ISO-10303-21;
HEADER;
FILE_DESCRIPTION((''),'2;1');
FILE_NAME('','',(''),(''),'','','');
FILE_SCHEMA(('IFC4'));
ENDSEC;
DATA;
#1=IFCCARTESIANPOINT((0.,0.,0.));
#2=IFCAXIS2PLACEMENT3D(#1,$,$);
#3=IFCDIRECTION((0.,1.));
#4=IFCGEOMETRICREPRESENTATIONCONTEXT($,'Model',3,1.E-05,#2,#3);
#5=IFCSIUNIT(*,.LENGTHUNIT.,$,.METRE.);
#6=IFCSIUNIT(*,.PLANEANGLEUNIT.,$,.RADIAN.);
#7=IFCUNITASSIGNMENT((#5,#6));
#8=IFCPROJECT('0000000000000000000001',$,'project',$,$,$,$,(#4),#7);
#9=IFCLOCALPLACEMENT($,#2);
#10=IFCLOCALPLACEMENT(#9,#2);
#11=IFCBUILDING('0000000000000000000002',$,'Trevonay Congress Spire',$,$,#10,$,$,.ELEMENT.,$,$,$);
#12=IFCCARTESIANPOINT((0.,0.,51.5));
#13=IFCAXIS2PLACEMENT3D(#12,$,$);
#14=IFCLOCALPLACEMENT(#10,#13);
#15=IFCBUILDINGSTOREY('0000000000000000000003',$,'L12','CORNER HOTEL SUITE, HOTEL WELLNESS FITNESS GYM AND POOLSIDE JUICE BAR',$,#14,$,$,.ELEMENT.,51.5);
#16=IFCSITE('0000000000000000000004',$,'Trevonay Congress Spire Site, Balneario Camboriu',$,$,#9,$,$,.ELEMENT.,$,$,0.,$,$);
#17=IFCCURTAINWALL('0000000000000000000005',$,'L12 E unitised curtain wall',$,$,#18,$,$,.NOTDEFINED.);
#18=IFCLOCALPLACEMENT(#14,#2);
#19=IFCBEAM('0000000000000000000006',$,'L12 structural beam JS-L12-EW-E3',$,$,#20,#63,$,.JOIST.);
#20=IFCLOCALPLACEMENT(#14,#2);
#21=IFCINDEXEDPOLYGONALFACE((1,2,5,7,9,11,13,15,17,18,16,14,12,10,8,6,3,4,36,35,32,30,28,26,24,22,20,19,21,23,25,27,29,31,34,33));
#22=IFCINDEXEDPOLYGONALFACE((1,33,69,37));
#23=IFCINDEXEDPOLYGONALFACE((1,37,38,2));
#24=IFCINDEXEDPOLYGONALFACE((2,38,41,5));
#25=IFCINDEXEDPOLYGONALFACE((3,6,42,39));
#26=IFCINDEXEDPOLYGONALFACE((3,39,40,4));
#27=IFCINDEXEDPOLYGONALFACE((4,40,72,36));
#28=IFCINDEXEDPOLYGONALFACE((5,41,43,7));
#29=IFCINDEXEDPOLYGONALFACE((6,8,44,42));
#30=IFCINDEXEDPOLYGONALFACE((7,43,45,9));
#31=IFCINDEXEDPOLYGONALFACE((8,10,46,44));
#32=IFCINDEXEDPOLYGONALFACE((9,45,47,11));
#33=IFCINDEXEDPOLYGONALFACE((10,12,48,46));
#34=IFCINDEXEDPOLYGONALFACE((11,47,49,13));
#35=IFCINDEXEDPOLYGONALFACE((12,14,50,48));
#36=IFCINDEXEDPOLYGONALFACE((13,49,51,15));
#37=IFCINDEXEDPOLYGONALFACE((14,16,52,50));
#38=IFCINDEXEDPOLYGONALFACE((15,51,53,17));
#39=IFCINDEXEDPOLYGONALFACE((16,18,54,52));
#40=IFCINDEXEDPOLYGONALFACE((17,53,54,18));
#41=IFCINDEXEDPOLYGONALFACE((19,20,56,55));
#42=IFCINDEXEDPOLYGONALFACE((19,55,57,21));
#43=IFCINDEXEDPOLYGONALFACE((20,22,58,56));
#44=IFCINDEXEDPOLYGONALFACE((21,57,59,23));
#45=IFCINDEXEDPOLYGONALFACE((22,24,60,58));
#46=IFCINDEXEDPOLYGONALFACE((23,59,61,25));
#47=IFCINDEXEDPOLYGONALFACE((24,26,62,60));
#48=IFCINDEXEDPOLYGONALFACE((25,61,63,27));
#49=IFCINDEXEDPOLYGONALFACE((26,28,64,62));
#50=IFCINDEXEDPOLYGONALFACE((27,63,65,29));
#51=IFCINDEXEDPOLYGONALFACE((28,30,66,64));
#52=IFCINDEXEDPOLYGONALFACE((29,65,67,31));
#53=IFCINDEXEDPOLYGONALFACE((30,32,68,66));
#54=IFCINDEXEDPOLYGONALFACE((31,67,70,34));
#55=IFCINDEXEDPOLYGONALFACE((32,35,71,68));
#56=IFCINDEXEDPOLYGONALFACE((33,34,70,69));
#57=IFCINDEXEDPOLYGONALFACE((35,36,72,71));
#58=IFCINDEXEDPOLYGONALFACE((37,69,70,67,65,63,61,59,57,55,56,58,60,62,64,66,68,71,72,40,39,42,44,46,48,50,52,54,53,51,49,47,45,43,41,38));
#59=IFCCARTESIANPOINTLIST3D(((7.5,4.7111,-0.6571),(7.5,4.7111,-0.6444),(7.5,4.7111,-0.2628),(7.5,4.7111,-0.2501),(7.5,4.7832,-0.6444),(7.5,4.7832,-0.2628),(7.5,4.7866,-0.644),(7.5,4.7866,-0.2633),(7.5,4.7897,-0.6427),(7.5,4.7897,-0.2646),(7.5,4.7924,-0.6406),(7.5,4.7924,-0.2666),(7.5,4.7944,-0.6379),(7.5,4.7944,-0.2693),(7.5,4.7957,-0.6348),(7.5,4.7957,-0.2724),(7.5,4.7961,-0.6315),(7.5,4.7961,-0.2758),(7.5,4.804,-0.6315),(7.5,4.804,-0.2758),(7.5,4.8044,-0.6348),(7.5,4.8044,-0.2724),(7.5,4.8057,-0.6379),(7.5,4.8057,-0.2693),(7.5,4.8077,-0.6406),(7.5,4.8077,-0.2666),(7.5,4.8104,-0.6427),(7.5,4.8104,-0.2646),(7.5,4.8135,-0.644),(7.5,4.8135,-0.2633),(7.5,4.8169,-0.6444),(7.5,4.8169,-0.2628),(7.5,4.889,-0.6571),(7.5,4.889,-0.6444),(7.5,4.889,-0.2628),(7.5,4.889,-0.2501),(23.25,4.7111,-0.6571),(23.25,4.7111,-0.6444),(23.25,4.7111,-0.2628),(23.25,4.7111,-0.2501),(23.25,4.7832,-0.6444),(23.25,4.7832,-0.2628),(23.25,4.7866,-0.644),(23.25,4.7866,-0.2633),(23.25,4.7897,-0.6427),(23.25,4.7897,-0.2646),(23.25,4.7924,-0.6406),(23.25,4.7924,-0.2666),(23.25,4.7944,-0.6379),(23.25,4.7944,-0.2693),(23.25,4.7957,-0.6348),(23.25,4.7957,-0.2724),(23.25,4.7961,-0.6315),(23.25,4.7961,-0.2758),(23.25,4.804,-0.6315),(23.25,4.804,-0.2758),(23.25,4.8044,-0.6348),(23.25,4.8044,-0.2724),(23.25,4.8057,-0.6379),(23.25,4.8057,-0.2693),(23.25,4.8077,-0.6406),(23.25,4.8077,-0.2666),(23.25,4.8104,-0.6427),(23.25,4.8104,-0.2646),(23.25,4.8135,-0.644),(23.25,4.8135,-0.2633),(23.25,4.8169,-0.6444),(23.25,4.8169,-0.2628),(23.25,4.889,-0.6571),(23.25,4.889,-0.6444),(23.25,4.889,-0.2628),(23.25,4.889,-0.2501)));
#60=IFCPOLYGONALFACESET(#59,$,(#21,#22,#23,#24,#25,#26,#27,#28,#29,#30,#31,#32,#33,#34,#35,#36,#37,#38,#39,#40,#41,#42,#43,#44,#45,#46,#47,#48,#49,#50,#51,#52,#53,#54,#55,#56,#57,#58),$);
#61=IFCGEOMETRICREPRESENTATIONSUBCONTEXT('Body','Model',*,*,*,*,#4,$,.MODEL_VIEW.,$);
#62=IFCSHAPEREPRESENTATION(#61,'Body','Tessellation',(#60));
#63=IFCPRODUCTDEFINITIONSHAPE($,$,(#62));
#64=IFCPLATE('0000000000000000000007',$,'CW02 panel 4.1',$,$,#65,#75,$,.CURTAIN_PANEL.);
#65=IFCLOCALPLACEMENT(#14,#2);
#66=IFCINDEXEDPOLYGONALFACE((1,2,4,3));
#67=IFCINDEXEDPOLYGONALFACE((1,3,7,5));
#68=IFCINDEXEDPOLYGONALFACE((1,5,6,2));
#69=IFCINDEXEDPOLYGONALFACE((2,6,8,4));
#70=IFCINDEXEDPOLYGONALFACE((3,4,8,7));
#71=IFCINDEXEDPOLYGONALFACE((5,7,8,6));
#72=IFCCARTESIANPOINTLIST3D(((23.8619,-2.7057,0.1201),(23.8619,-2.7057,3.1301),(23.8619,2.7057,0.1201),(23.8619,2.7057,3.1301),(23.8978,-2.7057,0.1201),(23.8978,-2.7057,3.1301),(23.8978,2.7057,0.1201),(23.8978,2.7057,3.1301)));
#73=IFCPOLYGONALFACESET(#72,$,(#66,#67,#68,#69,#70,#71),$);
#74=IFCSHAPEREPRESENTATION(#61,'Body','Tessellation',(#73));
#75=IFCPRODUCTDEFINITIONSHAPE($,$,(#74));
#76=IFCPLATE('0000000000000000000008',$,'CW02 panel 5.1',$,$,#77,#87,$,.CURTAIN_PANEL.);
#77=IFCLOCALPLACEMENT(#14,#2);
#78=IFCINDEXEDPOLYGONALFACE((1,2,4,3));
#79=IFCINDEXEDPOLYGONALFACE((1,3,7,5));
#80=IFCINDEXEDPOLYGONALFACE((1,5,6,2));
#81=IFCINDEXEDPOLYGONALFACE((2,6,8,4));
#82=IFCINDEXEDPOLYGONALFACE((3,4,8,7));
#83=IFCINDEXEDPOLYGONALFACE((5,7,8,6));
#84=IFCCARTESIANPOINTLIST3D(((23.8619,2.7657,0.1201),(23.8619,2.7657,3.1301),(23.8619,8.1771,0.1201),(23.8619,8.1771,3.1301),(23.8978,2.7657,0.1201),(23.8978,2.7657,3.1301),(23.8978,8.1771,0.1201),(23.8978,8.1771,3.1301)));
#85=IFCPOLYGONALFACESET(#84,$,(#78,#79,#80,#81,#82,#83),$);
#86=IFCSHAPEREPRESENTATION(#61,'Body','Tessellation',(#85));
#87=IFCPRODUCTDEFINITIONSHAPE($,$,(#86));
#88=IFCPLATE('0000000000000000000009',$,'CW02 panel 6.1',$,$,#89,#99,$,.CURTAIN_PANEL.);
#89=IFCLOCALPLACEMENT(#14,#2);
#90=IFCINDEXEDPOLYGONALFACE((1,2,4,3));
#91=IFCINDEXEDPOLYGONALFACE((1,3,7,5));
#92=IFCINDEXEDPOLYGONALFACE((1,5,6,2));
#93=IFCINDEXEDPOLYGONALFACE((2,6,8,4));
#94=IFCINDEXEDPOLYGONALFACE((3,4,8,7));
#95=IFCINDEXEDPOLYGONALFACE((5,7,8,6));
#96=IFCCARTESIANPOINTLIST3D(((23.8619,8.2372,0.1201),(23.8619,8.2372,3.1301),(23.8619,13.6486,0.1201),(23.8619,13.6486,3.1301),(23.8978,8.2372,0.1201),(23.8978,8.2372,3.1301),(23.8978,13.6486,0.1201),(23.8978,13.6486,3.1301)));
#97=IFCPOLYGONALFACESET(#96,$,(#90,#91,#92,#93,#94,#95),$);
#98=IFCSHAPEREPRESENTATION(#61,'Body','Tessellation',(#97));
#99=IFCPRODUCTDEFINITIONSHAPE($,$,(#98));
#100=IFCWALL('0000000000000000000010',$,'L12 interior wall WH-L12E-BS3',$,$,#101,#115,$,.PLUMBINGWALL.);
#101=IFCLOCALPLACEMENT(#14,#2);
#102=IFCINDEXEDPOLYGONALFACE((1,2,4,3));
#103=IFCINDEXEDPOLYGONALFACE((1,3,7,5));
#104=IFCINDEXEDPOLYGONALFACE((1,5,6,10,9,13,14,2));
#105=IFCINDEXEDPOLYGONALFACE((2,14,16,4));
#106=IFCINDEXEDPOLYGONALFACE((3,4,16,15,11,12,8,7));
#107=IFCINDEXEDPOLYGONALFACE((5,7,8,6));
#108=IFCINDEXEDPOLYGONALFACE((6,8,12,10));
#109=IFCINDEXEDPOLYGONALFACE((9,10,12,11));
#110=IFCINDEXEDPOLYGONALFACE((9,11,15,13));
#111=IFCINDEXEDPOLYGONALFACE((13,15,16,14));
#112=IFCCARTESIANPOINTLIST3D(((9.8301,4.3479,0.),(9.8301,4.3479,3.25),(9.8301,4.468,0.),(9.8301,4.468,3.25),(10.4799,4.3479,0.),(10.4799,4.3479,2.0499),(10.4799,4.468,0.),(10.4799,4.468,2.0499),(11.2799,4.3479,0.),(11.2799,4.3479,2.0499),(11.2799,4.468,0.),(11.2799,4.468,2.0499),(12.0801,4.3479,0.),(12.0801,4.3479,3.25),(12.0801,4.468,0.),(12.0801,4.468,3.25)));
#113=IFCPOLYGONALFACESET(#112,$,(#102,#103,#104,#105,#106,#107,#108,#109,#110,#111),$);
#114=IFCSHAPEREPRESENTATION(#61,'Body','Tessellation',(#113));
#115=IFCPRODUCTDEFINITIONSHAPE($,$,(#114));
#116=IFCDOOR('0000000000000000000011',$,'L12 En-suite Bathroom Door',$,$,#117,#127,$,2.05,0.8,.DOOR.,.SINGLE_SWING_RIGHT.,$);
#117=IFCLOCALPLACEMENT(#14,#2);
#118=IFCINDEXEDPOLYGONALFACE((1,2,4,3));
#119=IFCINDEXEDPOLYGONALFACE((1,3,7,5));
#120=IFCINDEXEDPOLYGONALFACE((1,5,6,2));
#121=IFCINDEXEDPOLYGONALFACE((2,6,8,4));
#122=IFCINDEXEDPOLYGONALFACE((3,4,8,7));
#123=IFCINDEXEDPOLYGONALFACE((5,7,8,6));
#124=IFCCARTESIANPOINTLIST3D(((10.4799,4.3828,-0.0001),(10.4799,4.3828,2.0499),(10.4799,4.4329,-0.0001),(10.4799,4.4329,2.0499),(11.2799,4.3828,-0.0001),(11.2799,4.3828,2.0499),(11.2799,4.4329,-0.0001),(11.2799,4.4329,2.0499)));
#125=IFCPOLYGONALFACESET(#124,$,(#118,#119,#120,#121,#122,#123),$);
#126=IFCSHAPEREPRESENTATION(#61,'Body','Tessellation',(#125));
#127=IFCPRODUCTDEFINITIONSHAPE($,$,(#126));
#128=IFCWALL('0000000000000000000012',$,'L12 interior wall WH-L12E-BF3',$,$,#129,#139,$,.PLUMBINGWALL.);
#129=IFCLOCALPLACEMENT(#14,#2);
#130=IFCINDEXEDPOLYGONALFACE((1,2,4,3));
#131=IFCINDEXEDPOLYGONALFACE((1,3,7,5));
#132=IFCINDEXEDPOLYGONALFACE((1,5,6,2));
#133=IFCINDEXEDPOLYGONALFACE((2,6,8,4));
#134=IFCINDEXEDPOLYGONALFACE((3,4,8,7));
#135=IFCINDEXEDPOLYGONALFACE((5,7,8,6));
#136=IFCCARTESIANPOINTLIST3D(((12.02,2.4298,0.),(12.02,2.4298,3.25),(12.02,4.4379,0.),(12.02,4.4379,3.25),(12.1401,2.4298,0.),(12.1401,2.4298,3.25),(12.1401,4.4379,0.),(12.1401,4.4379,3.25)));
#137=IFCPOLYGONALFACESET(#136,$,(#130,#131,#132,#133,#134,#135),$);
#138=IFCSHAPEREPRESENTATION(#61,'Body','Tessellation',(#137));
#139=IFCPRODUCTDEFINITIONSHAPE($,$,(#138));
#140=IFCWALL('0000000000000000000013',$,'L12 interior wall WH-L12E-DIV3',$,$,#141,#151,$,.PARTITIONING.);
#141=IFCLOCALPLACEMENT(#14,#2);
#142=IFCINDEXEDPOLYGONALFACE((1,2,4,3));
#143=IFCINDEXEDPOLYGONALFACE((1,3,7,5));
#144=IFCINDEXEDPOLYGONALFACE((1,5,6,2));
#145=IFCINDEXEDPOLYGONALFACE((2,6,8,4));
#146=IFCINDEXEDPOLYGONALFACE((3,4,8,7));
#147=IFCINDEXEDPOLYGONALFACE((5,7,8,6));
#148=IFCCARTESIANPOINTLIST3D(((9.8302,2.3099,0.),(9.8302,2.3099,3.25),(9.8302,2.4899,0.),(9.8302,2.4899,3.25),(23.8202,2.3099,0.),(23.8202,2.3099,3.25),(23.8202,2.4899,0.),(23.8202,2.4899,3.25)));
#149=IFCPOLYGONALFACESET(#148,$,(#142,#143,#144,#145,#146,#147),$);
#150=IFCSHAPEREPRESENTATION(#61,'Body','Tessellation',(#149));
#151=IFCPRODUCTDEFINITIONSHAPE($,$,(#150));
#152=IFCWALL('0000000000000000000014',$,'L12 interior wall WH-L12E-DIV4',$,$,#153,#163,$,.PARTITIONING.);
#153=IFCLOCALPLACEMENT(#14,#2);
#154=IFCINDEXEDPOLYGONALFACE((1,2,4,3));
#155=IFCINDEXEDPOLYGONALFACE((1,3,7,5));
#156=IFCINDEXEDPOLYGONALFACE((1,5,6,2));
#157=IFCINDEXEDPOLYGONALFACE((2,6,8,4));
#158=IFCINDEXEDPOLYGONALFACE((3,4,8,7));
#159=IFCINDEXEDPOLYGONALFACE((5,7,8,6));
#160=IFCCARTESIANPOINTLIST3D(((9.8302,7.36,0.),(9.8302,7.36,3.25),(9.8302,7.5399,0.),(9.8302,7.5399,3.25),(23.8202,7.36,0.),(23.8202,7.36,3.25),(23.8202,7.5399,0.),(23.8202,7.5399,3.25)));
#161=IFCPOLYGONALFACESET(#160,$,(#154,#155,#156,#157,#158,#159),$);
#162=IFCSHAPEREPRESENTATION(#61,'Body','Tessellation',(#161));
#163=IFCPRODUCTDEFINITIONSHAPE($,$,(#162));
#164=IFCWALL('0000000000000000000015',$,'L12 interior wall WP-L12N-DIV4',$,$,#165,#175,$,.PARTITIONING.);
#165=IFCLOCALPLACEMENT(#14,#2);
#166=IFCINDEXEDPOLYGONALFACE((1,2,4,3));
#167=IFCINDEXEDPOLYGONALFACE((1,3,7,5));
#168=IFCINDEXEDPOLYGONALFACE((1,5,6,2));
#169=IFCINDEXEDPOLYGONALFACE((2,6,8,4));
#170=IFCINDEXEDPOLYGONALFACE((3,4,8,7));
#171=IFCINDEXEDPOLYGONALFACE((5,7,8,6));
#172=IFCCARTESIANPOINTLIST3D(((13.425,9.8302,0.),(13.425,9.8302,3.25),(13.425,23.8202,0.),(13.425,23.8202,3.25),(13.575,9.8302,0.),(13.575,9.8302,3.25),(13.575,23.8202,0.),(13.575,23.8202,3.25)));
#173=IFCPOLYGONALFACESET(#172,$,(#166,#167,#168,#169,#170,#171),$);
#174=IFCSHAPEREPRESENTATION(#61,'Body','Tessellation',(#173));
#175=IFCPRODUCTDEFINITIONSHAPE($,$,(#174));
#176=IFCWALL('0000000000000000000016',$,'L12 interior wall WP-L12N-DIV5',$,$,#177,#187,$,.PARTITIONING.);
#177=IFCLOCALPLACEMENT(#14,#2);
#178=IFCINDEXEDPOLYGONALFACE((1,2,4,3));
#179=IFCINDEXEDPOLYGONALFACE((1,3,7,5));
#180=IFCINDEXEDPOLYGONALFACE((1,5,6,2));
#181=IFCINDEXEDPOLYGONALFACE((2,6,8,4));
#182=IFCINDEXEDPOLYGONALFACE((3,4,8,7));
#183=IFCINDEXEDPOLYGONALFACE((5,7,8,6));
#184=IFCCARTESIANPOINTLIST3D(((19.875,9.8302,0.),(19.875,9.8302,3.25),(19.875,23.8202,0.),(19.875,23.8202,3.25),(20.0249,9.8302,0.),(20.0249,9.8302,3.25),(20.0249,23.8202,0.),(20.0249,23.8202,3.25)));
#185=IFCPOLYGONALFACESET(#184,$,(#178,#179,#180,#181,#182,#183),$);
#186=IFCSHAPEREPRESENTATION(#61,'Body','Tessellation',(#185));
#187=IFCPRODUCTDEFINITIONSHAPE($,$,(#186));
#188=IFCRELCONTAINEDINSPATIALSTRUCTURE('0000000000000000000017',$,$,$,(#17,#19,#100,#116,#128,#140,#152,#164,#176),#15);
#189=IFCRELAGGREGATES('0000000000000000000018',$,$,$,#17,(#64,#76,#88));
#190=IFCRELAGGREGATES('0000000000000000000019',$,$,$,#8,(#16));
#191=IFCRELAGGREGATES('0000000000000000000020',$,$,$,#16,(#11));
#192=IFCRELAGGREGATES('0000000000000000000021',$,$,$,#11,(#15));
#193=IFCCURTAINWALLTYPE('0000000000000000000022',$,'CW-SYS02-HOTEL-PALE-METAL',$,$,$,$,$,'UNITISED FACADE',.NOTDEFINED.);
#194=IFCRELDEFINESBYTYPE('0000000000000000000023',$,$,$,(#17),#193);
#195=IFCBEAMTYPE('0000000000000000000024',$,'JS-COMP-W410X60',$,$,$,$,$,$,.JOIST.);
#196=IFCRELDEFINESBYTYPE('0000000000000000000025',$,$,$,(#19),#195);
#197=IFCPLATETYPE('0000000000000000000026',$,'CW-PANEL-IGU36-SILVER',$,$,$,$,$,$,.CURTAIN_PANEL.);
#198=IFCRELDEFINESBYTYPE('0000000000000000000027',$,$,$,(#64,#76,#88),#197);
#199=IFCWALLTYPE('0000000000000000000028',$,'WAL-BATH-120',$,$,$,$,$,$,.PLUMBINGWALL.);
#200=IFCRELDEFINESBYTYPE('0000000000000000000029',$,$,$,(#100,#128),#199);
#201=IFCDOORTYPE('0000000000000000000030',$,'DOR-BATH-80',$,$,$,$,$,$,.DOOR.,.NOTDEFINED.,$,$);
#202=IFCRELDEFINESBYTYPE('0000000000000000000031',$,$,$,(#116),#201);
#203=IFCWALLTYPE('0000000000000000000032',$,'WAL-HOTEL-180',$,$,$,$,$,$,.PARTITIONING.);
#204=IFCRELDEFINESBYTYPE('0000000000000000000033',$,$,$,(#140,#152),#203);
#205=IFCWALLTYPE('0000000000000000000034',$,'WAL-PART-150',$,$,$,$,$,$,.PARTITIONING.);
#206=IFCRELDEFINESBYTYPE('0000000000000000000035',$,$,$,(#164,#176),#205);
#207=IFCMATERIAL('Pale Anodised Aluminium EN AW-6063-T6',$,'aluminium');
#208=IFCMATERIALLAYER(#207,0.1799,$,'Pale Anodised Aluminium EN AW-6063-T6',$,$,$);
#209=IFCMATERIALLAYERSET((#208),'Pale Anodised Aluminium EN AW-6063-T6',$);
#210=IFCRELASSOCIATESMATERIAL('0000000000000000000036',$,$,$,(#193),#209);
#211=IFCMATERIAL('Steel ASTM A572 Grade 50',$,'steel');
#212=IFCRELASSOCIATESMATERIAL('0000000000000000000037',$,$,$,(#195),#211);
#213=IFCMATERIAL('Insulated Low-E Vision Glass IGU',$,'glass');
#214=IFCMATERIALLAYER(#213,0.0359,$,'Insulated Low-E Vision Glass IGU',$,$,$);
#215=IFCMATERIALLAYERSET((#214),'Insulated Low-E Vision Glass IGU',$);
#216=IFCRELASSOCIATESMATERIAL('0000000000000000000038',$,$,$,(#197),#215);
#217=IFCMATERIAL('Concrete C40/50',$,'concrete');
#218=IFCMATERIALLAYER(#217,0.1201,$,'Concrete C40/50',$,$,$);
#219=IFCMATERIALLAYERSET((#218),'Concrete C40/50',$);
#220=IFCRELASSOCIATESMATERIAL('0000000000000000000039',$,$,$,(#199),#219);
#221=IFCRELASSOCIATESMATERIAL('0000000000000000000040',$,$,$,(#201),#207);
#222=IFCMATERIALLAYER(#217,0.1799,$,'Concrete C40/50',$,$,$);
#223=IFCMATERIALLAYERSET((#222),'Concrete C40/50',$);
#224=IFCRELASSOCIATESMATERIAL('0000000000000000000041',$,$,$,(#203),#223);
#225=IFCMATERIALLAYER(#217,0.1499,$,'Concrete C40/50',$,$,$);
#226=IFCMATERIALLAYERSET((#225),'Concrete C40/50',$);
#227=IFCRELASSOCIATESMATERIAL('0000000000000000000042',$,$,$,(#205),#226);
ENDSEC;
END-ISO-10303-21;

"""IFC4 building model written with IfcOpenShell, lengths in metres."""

from ifc_helpers import new_model, si_unit, direction, frame, frame_2d, origin, origin_2d, place, context, subcontext, project, spatial, rectangle, i_section, extrude, material, layer, layer_set, material_profile, profile_set, type_object, element, fill, aggregate, save


model = new_model("IFC4")

# Units and contexts
model_context = context("Model", 3, precision=1e-05, world=origin(), true_north=direction((0.0, 1.0)))
body_context = subcontext(model_context, "Body", "Model", "MODEL_VIEW")
ifc_project = project(units=[si_unit("LENGTHUNIT", "METRE"), si_unit("PLANEANGLEUNIT", "RADIAN")], contexts=[model_context])

# Site, building, storey
site_placement = place(None, origin())
site = spatial("IfcSite", under=ifc_project, at=site_placement, Name="Trevonay Congress Spire Site, Balneario Camboriu", CompositionType="ELEMENT", RefElevation=0.0)
building_placement = place(site_placement, origin())
building = spatial("IfcBuilding", under=site, at=building_placement, Name="Trevonay Congress Spire", CompositionType="ELEMENT")
storey_placement = place(building_placement, frame((0.0, 0.0, 51.5)))
storey = spatial("IfcBuildingStorey", under=building, at=storey_placement, Name="L12", Description="CORNER HOTEL SUITE, HOTEL WELLNESS FITNESS GYM AND POOLSIDE JUICE BAR", CompositionType="ELEMENT", Elevation=51.5)

# Shared definitions
ifc_material_1 = material(Name="Steel ASTM A572 Grade 50", Category="steel")

# Curtain wall
ifc_material_2 = material(Name="Pale Anodised Aluminium EN AW-6063-T6", Category="aluminium")
ifc_layer_1 = layer(ifc_material_2, 0.1799, Name="Pale Anodised Aluminium EN AW-6063-T6")
ifc_layer_set_1 = layer_set([ifc_layer_1], Name="Pale Anodised Aluminium EN AW-6063-T6")
curtain_wall_type = type_object("IfcCurtainWallType", Name="CW-SYS02-HOTEL-PALE-METAL", ElementType="UNITISED FACADE", PredefinedType="NOTDEFINED", material=ifc_layer_set_1)
curtain_wall_placement = place(storey_placement, origin())
curtain_wall = element("IfcCurtainWall", 1, at=curtain_wall_placement, inside=storey, type_object=curtain_wall_type, Name="L12 E unitised curtain wall", PredefinedType="NOTDEFINED")

# Beam
ifc_material_profile_1 = material_profile(ifc_material_1, i_section(OverallWidth=0.178, OverallDepth=0.407, WebThickness=0.0078, FlangeThickness=0.0127, FilletRadius=0.0129, at=origin_2d()), Name="W410x60")
ifc_profile_set_1 = profile_set([ifc_material_profile_1], Name="Steel ASTM A572 Grade 50")
beam_type_1 = type_object("IfcBeamType", Name="JS-COMP-W410X60", PredefinedType="JOIST", material=ifc_profile_set_1)
beam_1_placement = place(storey_placement, frame((7.5, 4.8, -0.4536), z_axis=(1.0, 0.0, 0.0), x_axis=(0.0, 1.0, 0.0)))
element("IfcBeam", 2, at=beam_1_placement, inside=storey, type_object=beam_type_1, Name="L12 structural beam JS-L12-EW-E3", PredefinedType="JOIST", context=body_context, shape_type="SweptSolid", body=[
    extrude(i_section(OverallWidth=0.178, OverallDepth=0.407, WebThickness=0.0078, FlangeThickness=0.0127, FilletRadius=0.0129, at=origin_2d()), origin(), (0.0, 0.0, 1.0), 15.75),
])

# Plates
ifc_material_3 = material(Name="Insulated Low-E Vision Glass IGU", Category="glass")
ifc_layer_2 = layer(ifc_material_3, 0.0359, Name="Insulated Low-E Vision Glass IGU")
ifc_layer_set_2 = layer_set([ifc_layer_2], Name="Insulated Low-E Vision Glass IGU")
plate_type = type_object("IfcPlateType", Name="CW-PANEL-IGU36-SILVER", PredefinedType="CURTAIN_PANEL", material=ifc_layer_set_2)
plate_1_placement = place(storey_placement, frame((23.8799, 0.0, 0.1201), z_axis=(0.0, 0.0, 1.0), x_axis=(0.0, 1.0, 0.0)))
plate_1 = element("IfcPlate", 3, at=plate_1_placement, type_object=plate_type, Name="CW02 panel 4.1", PredefinedType="CURTAIN_PANEL", context=body_context, shape_type="SweptSolid", body=[
    extrude(rectangle(XDim=5.4114, YDim=0.0359, at=origin_2d()), origin(), (0.0, 0.0, 1.0), 3.01),
])
plate_2_placement = place(storey_placement, frame((23.8799, 5.4714, 0.1201), z_axis=(0.0, 0.0, 1.0), x_axis=(0.0, 1.0, 0.0)))
plate_2 = element("IfcPlate", 4, at=plate_2_placement, type_object=plate_type, Name="CW02 panel 5.1", PredefinedType="CURTAIN_PANEL", context=body_context, shape_type="SweptSolid", body=[
    extrude(rectangle(XDim=5.4114, YDim=0.0359, at=origin_2d()), origin(), (0.0, 0.0, 1.0), 3.01),
])
plate_3_placement = place(storey_placement, frame((23.8799, 10.9429, 0.1201), z_axis=(0.0, 0.0, 1.0), x_axis=(0.0, 1.0, 0.0)))
plate_3 = element("IfcPlate", 5, at=plate_3_placement, type_object=plate_type, Name="CW02 panel 6.1", PredefinedType="CURTAIN_PANEL", context=body_context, shape_type="SweptSolid", body=[
    extrude(rectangle(XDim=5.4114, YDim=0.0359, at=origin_2d()), origin(), (0.0, 0.0, 1.0), 3.01),
])
aggregate(curtain_wall, [plate_1, plate_2, plate_3])

# Wall, opening, door
ifc_material_4 = material(Name="Concrete C40/50", Category="concrete")
ifc_layer_3 = layer(ifc_material_4, 0.1201, Name="Concrete C40/50")
ifc_layer_set_3 = layer_set([ifc_layer_3], Name="Concrete C40/50")
wall_type_1 = type_object("IfcWallType", Name="WAL-BATH-120", PredefinedType="PLUMBINGWALL", material=ifc_layer_set_3)
wall_1_placement = place(storey_placement, frame((9.8301, 4.408, 0.0), z_axis=(0.0, 0.0, 1.0), x_axis=(1.0, 0.0, 0.0)))
wall_1 = element("IfcWall", 6, at=wall_1_placement, inside=storey, type_object=wall_type_1, Name="L12 interior wall WH-L12E-BS3", PredefinedType="PLUMBINGWALL", context=body_context, shape_type="SweptSolid", body=[
    extrude(rectangle(XDim=2.25, YDim=0.1201, at=frame_2d((1.125, 0.0))), origin(), (0.0, 0.0, 1.0), 3.25),
])
opening_placement = place(wall_1_placement, frame((0.6499, 0.0, 0.0)))
opening = element("IfcOpeningElement", 7, at=opening_placement, cuts=wall_1, PredefinedType="OPENING", context=body_context, shape_type="SweptSolid", body=[
    extrude(rectangle(XDim=0.8, YDim=2.05, at=frame_2d((0.3999, 1.0249))), frame((0.0, 0.0701, 0.0), z_axis=(0.0, -1.0, 0.0), x_axis=(1.0, 0.0, 0.0)), (0.0, 0.0, 1.0), 0.1401),
])
door_type = type_object("IfcDoorType", Name="DOR-BATH-80", OperationType="NOTDEFINED", PredefinedType="DOOR", material=ifc_material_2)
door_placement = place(opening_placement, origin())
door = element("IfcDoor", 8, at=door_placement, inside=storey, type_object=door_type, Name="L12 En-suite Bathroom Door", OperationType="SINGLE_SWING_RIGHT", OverallHeight=2.05, OverallWidth=0.8, PredefinedType="DOOR", context=body_context, shape_type="SweptSolid", body=[
    extrude(rectangle(XDim=0.8, YDim=2.05, at=frame_2d((0.3999, 1.0249))), frame((0.0, 0.0249, 0.0), z_axis=(0.0, -1.0, 0.0), x_axis=(1.0, 0.0, 0.0)), (0.0, 0.0, 1.0), 0.05),
])
fill(opening, door)

# Walls
wall_2_placement = place(storey_placement, frame((12.0801, 2.4299, 0.0), z_axis=(0.0, 0.0, 1.0), x_axis=(0.0, 1.0, 0.0)))
element("IfcWall", 9, at=wall_2_placement, inside=storey, type_object=wall_type_1, Name="L12 interior wall WH-L12E-BF3", PredefinedType="PLUMBINGWALL", context=body_context, shape_type="SweptSolid", body=[
    extrude(rectangle(XDim=2.0081, YDim=0.1201, at=frame_2d((1.0039, 0.0))), origin(), (0.0, 0.0, 1.0), 3.25),
])
ifc_layer_4 = layer(ifc_material_4, 0.1799, Name="Concrete C40/50")
ifc_layer_set_4 = layer_set([ifc_layer_4], Name="Concrete C40/50")
wall_type_2 = type_object("IfcWallType", Name="WAL-HOTEL-180", PredefinedType="PARTITIONING", material=ifc_layer_set_4)
for number, where, z_axis, x_axis, name in (
    (10, (9.8301, 2.3999, 0.0), (0.0, 0.0, 1.0), (1.0, 0.0, 0.0), "L12 interior wall WH-L12E-DIV3"),
    (11, (9.8301, 7.45, 0.0), (0.0, 0.0, 1.0), (1.0, 0.0, 0.0), "L12 interior wall WH-L12E-DIV4"),
):
    element("IfcWall", number, at=place(storey_placement, frame(where, z_axis=z_axis, x_axis=x_axis)), inside=storey, type_object=wall_type_2, Name=name, PredefinedType="PARTITIONING", context=body_context, shape_type="SweptSolid", body=[
        extrude(rectangle(XDim=13.99, YDim=0.1799, at=frame_2d((6.9951, 0.0))), origin(), (0.0, 0.0, 1.0), 3.25),
    ])
ifc_layer_5 = layer(ifc_material_4, 0.1499, Name="Concrete C40/50")
ifc_layer_set_5 = layer_set([ifc_layer_5], Name="Concrete C40/50")
wall_type_3 = type_object("IfcWallType", Name="WAL-PART-150", PredefinedType="PARTITIONING", material=ifc_layer_set_5)
for number, where, z_axis, x_axis, name in (
    (12, (13.5, 9.8301, 0.0), (0.0, 0.0, 1.0), (0.0, 1.0, 0.0), "L12 interior wall WP-L12N-DIV4"),
    (13, (19.95, 9.8301, 0.0), (0.0, 0.0, 1.0), (0.0, 1.0, 0.0), "L12 interior wall WP-L12N-DIV5"),
):
    element("IfcWall", number, at=place(storey_placement, frame(where, z_axis=z_axis, x_axis=x_axis)), inside=storey, type_object=wall_type_3, Name=name, PredefinedType="PARTITIONING", context=body_context, shape_type="SweptSolid", body=[
        extrude(rectangle(XDim=13.99, YDim=0.1499, at=frame_2d((6.9951, 0.0))), origin(), (0.0, 0.0, 1.0), 3.25),
    ])

save(model, "model.ifc")
